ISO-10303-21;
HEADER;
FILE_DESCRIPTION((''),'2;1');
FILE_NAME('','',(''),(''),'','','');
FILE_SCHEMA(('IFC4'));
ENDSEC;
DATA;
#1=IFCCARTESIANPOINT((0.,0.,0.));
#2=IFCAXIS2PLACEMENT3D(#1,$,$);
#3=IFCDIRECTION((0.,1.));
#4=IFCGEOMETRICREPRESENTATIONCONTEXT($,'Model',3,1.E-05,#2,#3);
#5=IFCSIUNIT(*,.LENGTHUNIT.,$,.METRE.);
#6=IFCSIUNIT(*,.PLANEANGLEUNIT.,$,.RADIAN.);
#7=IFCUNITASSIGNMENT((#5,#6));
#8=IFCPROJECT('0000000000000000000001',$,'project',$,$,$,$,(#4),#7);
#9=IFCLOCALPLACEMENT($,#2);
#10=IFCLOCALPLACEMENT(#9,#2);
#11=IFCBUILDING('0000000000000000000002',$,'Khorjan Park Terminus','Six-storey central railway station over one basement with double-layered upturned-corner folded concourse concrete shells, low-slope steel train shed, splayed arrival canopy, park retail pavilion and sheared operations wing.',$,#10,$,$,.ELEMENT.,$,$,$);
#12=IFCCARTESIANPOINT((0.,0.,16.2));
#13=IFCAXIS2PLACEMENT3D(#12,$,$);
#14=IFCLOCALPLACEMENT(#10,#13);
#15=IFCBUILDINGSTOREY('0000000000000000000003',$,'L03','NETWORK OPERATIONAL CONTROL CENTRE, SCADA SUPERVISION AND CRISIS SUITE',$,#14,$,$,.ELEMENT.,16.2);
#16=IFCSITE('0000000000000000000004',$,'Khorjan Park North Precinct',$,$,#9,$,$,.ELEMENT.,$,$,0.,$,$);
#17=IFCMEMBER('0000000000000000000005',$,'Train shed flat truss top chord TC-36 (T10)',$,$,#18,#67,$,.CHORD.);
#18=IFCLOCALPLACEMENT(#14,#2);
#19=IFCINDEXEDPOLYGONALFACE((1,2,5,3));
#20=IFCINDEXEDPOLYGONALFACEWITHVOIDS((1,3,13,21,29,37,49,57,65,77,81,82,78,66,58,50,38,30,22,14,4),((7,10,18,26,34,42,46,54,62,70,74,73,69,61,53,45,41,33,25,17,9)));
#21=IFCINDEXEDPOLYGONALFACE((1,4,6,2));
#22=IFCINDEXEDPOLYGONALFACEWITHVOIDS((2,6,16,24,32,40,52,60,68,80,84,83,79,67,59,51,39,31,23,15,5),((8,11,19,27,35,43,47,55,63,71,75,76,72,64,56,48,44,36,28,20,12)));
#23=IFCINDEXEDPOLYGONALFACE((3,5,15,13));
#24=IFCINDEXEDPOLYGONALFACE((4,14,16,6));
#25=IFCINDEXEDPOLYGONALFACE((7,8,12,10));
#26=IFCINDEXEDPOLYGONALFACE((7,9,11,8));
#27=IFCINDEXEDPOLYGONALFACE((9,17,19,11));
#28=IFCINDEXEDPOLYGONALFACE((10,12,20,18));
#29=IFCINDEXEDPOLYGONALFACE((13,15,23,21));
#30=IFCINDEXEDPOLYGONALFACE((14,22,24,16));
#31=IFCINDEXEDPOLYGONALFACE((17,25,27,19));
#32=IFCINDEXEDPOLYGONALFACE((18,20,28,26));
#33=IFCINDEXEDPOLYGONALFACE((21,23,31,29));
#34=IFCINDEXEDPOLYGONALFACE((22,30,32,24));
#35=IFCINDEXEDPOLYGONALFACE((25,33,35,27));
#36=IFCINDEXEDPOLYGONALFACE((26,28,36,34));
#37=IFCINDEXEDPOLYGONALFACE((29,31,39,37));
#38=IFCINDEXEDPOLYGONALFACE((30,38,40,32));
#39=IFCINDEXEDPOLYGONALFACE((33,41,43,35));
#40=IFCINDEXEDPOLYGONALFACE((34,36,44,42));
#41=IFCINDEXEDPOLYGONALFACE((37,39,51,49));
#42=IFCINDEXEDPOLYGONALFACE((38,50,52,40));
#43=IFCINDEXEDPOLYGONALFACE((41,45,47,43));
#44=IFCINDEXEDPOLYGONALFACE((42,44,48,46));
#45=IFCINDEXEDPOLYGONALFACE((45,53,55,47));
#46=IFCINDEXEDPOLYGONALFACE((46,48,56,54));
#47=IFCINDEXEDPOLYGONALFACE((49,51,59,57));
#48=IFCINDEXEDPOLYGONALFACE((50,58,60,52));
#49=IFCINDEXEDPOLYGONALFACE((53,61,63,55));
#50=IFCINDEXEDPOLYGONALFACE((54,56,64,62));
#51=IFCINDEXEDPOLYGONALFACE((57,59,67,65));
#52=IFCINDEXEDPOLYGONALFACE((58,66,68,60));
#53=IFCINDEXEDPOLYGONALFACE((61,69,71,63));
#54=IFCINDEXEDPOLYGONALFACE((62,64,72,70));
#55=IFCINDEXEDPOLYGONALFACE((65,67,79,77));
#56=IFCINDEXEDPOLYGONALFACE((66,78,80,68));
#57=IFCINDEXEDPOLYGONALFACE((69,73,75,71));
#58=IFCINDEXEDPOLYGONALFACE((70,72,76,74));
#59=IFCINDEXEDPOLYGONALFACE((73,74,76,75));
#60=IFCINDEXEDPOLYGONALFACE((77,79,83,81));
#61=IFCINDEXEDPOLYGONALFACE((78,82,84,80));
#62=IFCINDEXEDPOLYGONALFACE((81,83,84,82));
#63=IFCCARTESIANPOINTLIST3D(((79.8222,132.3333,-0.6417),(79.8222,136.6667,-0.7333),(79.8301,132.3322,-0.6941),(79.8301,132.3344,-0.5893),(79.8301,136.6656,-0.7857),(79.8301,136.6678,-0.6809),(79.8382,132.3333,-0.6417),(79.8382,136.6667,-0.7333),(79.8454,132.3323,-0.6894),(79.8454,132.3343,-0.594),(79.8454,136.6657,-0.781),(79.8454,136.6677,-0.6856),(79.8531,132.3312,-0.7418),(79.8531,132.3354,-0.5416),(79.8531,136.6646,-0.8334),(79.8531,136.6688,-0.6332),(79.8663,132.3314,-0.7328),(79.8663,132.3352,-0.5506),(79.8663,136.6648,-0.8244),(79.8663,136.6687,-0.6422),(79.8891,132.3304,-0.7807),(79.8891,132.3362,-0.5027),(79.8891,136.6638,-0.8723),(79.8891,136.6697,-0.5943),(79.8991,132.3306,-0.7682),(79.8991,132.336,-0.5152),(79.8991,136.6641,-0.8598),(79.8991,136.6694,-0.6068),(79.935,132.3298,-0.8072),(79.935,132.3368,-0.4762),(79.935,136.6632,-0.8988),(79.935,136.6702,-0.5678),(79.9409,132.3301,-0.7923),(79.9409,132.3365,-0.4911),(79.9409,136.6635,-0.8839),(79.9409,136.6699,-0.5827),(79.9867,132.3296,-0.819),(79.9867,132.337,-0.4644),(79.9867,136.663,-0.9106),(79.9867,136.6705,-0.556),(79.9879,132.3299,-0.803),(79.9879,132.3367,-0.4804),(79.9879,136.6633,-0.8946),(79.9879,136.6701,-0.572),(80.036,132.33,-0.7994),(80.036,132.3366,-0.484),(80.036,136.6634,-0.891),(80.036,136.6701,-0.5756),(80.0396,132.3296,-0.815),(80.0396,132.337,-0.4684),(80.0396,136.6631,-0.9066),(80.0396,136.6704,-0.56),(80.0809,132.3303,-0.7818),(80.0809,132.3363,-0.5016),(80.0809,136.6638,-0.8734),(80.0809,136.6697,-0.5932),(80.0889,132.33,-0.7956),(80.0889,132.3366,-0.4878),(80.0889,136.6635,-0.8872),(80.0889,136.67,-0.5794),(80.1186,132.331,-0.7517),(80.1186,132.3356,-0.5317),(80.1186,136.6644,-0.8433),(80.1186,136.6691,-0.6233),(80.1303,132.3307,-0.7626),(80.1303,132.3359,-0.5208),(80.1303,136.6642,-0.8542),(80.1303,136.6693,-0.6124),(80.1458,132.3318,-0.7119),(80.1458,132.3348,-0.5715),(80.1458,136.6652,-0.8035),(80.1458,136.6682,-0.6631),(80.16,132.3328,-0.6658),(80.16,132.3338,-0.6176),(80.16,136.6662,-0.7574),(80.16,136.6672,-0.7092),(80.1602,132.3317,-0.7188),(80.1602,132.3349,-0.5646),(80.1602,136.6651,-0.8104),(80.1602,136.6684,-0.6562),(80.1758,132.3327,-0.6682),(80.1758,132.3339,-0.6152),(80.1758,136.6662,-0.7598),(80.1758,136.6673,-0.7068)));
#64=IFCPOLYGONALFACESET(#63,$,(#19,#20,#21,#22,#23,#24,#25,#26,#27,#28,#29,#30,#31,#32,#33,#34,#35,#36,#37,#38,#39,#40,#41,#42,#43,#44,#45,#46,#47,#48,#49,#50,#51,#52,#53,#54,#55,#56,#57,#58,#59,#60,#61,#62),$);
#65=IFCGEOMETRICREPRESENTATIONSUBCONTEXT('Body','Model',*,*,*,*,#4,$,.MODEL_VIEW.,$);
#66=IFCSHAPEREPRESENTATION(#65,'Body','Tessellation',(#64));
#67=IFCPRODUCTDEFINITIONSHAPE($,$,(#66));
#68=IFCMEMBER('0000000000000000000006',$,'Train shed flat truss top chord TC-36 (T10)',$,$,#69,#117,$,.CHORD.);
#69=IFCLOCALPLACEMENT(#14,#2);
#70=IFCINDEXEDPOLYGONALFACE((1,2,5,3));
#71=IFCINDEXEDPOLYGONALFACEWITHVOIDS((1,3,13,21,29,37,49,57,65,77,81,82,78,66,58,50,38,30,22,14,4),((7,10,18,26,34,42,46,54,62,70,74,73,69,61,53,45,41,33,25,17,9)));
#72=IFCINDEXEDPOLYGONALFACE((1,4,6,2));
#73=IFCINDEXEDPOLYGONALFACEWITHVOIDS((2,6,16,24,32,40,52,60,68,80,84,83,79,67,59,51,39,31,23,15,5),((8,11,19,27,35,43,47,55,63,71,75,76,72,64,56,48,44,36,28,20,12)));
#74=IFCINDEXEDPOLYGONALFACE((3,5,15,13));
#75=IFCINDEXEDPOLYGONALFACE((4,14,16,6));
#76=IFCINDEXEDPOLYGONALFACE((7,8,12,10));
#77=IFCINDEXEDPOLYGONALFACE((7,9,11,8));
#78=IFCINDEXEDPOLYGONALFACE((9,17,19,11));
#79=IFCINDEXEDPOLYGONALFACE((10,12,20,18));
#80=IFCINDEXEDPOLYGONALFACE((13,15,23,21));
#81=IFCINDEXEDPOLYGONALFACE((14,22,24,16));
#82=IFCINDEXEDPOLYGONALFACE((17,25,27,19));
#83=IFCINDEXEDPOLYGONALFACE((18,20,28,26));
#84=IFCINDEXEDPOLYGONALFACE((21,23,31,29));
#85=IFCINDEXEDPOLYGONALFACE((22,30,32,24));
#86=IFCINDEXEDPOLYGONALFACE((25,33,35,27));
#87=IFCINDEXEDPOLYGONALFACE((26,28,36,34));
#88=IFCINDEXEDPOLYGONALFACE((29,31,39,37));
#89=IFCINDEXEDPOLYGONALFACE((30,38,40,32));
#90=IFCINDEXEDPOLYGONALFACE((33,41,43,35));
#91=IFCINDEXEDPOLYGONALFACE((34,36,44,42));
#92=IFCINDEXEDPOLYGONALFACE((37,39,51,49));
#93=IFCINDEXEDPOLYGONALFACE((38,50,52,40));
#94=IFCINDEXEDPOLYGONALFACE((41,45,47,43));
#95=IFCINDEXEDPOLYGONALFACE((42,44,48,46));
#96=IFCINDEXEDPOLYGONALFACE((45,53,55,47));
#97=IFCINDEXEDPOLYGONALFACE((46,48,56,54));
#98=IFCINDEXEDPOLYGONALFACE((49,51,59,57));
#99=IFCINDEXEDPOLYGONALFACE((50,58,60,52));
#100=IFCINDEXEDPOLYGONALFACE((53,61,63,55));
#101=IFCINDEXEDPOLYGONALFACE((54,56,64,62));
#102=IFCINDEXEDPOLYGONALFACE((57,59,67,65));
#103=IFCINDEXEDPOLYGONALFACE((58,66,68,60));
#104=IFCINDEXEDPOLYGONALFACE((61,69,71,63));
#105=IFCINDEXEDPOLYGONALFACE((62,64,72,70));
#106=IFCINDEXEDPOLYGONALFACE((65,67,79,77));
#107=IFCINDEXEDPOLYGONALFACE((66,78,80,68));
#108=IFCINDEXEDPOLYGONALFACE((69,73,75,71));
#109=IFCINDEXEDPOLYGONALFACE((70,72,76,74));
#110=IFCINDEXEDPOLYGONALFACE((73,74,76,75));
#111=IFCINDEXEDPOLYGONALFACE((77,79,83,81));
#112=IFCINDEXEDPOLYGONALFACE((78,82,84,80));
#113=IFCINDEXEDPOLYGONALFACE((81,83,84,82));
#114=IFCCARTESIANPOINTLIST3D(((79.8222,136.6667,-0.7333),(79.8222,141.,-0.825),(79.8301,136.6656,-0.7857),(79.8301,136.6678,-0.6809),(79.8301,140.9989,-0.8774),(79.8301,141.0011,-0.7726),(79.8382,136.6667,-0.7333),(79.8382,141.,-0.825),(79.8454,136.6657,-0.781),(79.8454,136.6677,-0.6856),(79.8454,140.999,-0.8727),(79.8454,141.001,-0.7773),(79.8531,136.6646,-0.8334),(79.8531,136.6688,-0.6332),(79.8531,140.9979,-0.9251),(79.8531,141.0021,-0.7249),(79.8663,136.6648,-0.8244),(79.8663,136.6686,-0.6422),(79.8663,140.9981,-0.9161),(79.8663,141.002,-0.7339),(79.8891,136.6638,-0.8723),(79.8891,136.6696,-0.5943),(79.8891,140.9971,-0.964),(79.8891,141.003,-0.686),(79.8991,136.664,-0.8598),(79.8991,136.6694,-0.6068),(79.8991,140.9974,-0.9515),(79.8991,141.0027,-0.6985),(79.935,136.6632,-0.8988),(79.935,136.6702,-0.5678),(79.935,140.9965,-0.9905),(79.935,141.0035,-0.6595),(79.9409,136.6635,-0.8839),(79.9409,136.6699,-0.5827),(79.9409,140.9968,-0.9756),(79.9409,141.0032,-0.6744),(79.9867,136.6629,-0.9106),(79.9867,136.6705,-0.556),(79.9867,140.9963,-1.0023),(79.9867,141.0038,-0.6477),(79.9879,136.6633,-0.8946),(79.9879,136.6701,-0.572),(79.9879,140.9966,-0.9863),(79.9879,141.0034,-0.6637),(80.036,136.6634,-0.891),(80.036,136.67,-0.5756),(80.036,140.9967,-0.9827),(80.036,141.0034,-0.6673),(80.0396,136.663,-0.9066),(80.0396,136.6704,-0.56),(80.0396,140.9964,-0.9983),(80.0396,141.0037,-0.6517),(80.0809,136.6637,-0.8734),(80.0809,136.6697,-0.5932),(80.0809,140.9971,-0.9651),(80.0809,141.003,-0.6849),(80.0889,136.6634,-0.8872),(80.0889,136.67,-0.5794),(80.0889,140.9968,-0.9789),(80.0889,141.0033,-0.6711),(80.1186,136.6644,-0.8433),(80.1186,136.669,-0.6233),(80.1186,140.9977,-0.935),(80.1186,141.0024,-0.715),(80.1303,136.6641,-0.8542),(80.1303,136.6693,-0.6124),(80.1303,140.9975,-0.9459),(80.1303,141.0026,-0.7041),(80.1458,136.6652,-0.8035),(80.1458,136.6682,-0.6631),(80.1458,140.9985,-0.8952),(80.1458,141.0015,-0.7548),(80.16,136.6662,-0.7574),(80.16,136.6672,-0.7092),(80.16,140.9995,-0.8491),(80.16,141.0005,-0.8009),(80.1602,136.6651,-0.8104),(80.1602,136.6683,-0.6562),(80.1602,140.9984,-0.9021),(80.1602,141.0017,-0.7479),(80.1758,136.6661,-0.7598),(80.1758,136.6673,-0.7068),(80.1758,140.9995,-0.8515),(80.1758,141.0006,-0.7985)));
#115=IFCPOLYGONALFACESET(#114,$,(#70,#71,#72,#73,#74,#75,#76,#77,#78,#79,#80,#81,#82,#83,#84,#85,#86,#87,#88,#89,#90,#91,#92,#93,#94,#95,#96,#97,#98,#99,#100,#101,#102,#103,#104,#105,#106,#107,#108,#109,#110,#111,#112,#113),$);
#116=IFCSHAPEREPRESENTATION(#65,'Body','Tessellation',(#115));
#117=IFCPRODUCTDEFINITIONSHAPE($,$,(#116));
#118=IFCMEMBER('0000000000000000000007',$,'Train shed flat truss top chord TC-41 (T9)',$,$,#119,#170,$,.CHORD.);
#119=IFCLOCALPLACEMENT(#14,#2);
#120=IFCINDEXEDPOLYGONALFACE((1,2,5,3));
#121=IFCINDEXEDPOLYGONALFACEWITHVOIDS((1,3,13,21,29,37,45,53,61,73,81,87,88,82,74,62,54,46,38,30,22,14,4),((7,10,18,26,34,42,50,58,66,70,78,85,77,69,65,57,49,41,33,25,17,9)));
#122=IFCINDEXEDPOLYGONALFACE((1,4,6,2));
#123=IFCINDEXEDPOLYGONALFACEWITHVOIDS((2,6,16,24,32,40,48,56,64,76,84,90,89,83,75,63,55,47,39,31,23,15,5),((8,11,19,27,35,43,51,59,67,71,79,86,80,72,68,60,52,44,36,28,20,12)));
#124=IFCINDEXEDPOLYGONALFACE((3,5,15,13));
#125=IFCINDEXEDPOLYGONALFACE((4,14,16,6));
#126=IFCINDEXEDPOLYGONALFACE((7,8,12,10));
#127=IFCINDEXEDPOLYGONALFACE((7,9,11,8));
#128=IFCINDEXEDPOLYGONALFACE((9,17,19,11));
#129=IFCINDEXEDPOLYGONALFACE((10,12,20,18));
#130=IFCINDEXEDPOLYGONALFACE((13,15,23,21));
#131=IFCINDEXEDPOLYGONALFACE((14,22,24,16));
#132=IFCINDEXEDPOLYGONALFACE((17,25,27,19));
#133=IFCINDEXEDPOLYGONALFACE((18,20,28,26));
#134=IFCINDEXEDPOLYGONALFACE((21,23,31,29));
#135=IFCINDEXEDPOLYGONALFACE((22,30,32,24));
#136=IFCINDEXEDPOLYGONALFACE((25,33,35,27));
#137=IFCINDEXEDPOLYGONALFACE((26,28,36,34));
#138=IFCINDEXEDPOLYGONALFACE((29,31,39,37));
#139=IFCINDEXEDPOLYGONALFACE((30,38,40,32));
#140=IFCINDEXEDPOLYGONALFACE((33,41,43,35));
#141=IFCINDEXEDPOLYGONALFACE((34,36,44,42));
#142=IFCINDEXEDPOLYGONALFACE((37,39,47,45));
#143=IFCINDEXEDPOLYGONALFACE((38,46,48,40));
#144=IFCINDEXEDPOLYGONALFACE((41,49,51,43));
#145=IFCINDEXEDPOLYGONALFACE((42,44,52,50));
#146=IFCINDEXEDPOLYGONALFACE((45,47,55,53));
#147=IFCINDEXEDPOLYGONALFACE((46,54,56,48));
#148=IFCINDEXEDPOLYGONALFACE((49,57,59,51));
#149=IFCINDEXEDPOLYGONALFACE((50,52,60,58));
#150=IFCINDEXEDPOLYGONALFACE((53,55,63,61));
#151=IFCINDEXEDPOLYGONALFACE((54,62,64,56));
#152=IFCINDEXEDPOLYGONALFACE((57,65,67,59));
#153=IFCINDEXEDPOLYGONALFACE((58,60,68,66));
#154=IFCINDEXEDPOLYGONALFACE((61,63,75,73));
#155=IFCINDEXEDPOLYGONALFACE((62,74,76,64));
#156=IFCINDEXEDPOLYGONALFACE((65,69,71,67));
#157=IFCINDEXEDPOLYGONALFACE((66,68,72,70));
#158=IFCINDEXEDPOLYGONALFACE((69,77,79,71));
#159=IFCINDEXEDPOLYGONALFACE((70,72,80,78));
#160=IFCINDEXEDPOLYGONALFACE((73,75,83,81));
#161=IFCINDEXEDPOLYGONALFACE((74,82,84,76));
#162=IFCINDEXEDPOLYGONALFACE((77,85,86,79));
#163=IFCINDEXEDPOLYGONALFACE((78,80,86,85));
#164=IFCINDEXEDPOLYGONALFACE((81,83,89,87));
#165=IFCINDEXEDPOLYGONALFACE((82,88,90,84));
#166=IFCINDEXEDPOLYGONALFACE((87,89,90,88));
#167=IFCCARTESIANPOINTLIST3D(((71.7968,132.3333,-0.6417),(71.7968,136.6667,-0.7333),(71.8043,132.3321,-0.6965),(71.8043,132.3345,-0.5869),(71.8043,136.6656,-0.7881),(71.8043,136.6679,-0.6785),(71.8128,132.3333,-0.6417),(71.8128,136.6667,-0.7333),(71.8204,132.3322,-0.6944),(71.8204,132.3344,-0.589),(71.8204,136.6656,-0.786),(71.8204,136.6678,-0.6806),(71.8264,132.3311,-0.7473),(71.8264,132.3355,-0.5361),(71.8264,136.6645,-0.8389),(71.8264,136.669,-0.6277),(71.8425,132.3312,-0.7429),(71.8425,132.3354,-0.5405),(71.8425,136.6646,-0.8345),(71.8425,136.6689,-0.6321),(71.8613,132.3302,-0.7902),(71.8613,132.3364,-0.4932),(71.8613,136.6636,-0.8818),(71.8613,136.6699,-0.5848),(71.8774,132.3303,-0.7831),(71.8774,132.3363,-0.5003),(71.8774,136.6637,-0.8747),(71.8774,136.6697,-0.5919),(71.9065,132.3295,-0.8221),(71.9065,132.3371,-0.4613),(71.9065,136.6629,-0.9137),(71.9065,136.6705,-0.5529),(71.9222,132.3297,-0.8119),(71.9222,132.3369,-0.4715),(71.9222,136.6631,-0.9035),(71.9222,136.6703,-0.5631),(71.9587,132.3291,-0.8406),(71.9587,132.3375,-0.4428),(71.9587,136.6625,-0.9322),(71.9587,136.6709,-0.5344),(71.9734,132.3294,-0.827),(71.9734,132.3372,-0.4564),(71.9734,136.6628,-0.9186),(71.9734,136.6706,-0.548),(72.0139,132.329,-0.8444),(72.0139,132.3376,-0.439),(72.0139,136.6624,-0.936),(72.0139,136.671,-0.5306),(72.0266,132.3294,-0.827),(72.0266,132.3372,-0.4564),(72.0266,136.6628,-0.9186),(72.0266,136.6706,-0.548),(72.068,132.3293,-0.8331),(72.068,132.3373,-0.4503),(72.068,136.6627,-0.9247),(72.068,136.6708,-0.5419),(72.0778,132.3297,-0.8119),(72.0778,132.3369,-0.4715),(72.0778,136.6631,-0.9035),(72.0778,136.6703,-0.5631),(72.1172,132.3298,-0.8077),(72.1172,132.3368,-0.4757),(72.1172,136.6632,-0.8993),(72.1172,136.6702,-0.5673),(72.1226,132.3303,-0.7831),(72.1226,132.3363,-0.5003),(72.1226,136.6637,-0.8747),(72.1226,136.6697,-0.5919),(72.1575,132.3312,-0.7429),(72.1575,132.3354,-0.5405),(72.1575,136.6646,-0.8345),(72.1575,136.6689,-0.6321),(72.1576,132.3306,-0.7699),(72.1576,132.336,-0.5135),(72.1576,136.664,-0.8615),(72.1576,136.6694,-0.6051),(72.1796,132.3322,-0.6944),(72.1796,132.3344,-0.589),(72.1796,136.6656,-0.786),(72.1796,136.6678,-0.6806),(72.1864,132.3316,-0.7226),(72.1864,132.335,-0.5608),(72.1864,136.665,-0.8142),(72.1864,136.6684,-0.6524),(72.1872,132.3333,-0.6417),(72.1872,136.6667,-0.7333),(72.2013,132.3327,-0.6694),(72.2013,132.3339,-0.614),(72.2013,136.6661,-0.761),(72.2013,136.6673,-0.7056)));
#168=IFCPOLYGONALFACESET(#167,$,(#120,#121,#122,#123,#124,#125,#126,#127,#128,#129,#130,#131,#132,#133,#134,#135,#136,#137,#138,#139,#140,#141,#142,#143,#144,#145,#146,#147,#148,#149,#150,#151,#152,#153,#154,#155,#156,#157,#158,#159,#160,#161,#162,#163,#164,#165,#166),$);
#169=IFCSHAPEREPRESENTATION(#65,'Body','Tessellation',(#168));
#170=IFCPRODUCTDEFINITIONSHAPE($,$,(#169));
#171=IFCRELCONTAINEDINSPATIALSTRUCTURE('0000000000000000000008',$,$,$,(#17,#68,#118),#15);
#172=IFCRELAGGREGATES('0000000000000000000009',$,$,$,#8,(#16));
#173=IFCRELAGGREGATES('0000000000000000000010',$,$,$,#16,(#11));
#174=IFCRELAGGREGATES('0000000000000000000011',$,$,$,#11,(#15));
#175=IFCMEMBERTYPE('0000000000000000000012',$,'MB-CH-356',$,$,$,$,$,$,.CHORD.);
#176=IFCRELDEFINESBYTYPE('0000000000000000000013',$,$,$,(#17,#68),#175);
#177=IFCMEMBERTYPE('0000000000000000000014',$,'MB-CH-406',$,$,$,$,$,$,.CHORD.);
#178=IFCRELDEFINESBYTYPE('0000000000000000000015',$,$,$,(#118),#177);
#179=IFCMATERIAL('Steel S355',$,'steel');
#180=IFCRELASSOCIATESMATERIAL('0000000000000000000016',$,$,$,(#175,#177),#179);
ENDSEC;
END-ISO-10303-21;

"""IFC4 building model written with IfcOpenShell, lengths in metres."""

from ifc_helpers import new_model, si_unit, direction, frame, origin, origin_2d, place, context, subcontext, project, spatial, hollow_circle, extrude, material, material_profile, profile_set, type_object, element, save


model = new_model("IFC4")

# Units and contexts
model_context = context("Model", 3, precision=1e-05, world=origin(), true_north=direction((0.0, 1.0)))
body_context = subcontext(model_context, "Body", "Model", "MODEL_VIEW")
ifc_project = project(units=[si_unit("LENGTHUNIT", "METRE"), si_unit("PLANEANGLEUNIT", "RADIAN")], contexts=[model_context])

# Site, building, storey
site_placement = place(None, origin())
site = spatial("IfcSite", under=ifc_project, at=site_placement, Name="Khorjan Park North Precinct", CompositionType="ELEMENT", RefElevation=0.0)
building_placement = place(site_placement, origin())
building = spatial("IfcBuilding", under=site, at=building_placement, Name="Khorjan Park Terminus", Description="Six-storey central railway station over one basement with double-layered upturned-corner folded concourse concrete shells, low-slope steel train shed, splayed arrival canopy, park retail pavilion and sheared operations wing.", CompositionType="ELEMENT")
storey_placement = place(building_placement, frame((0.0, 0.0, 16.2)))
storey = spatial("IfcBuildingStorey", under=building, at=storey_placement, Name="L03", Description="NETWORK OPERATIONAL CONTROL CENTRE, SCADA SUPERVISION AND CRISIS SUITE", CompositionType="ELEMENT", Elevation=16.2)

# Members
ifc_material = material(Name="Steel S355", Category="steel")
ifc_material_profile_1 = material_profile(ifc_material, hollow_circle(Radius=0.1778, WallThickness=0.016, at=origin_2d()), Name="CHS 355.6x16")
ifc_profile_set_1 = profile_set([ifc_material_profile_1], Name="Steel S355")
member_type_1 = type_object("IfcMemberType", Name="MB-CH-356", PredefinedType="CHORD", material=ifc_profile_set_1)
member_1_placement = place(storey_placement, frame((80.0, 132.3333, -0.6417), z_axis=(0.0, 0.999777, -0.021133), x_axis=(-1.0, 0.0, 0.0)))
element("IfcMember", 1, at=member_1_placement, inside=storey, type_object=member_type_1, Name="Train shed flat truss top chord TC-36 (T10)", PredefinedType="CHORD", context=body_context, shape_type="SweptSolid", body=[
    extrude(hollow_circle(Radius=0.1778, WallThickness=0.016, at=origin_2d()), origin(), (0.0, 0.0, 1.0), 4.3344),
])
member_2_placement = place(storey_placement, frame((80.0, 136.6667, -0.7333), z_axis=(0.0, 0.999776, -0.021157), x_axis=(-1.0, 0.0, 0.0)))
element("IfcMember", 2, at=member_2_placement, inside=storey, type_object=member_type_1, Name="Train shed flat truss top chord TC-36 (T10)", PredefinedType="CHORD", context=body_context, shape_type="SweptSolid", body=[
    extrude(hollow_circle(Radius=0.1778, WallThickness=0.016, at=origin_2d()), origin(), (0.0, 0.0, 1.0), 4.3343),
])
ifc_material_profile_2 = material_profile(ifc_material, hollow_circle(Radius=0.2032, WallThickness=0.016, at=origin_2d()), Name="CHS 406.4x16")
ifc_profile_set_2 = profile_set([ifc_material_profile_2], Name="Steel S355")
member_type_2 = type_object("IfcMemberType", Name="MB-CH-406", PredefinedType="CHORD", material=ifc_profile_set_2)
member_3_placement = place(storey_placement, frame((72.0, 132.3333, -0.6417), z_axis=(0.0, 0.999777, -0.021133), x_axis=(-1.0, 0.0, 0.0)))
element("IfcMember", 3, at=member_3_placement, inside=storey, type_object=member_type_2, Name="Train shed flat truss top chord TC-41 (T9)", PredefinedType="CHORD", context=body_context, shape_type="SweptSolid", body=[
    extrude(hollow_circle(Radius=0.2032, WallThickness=0.016, at=origin_2d()), origin(), (0.0, 0.0, 1.0), 4.3344),
])

save(model, "model.ifc")
